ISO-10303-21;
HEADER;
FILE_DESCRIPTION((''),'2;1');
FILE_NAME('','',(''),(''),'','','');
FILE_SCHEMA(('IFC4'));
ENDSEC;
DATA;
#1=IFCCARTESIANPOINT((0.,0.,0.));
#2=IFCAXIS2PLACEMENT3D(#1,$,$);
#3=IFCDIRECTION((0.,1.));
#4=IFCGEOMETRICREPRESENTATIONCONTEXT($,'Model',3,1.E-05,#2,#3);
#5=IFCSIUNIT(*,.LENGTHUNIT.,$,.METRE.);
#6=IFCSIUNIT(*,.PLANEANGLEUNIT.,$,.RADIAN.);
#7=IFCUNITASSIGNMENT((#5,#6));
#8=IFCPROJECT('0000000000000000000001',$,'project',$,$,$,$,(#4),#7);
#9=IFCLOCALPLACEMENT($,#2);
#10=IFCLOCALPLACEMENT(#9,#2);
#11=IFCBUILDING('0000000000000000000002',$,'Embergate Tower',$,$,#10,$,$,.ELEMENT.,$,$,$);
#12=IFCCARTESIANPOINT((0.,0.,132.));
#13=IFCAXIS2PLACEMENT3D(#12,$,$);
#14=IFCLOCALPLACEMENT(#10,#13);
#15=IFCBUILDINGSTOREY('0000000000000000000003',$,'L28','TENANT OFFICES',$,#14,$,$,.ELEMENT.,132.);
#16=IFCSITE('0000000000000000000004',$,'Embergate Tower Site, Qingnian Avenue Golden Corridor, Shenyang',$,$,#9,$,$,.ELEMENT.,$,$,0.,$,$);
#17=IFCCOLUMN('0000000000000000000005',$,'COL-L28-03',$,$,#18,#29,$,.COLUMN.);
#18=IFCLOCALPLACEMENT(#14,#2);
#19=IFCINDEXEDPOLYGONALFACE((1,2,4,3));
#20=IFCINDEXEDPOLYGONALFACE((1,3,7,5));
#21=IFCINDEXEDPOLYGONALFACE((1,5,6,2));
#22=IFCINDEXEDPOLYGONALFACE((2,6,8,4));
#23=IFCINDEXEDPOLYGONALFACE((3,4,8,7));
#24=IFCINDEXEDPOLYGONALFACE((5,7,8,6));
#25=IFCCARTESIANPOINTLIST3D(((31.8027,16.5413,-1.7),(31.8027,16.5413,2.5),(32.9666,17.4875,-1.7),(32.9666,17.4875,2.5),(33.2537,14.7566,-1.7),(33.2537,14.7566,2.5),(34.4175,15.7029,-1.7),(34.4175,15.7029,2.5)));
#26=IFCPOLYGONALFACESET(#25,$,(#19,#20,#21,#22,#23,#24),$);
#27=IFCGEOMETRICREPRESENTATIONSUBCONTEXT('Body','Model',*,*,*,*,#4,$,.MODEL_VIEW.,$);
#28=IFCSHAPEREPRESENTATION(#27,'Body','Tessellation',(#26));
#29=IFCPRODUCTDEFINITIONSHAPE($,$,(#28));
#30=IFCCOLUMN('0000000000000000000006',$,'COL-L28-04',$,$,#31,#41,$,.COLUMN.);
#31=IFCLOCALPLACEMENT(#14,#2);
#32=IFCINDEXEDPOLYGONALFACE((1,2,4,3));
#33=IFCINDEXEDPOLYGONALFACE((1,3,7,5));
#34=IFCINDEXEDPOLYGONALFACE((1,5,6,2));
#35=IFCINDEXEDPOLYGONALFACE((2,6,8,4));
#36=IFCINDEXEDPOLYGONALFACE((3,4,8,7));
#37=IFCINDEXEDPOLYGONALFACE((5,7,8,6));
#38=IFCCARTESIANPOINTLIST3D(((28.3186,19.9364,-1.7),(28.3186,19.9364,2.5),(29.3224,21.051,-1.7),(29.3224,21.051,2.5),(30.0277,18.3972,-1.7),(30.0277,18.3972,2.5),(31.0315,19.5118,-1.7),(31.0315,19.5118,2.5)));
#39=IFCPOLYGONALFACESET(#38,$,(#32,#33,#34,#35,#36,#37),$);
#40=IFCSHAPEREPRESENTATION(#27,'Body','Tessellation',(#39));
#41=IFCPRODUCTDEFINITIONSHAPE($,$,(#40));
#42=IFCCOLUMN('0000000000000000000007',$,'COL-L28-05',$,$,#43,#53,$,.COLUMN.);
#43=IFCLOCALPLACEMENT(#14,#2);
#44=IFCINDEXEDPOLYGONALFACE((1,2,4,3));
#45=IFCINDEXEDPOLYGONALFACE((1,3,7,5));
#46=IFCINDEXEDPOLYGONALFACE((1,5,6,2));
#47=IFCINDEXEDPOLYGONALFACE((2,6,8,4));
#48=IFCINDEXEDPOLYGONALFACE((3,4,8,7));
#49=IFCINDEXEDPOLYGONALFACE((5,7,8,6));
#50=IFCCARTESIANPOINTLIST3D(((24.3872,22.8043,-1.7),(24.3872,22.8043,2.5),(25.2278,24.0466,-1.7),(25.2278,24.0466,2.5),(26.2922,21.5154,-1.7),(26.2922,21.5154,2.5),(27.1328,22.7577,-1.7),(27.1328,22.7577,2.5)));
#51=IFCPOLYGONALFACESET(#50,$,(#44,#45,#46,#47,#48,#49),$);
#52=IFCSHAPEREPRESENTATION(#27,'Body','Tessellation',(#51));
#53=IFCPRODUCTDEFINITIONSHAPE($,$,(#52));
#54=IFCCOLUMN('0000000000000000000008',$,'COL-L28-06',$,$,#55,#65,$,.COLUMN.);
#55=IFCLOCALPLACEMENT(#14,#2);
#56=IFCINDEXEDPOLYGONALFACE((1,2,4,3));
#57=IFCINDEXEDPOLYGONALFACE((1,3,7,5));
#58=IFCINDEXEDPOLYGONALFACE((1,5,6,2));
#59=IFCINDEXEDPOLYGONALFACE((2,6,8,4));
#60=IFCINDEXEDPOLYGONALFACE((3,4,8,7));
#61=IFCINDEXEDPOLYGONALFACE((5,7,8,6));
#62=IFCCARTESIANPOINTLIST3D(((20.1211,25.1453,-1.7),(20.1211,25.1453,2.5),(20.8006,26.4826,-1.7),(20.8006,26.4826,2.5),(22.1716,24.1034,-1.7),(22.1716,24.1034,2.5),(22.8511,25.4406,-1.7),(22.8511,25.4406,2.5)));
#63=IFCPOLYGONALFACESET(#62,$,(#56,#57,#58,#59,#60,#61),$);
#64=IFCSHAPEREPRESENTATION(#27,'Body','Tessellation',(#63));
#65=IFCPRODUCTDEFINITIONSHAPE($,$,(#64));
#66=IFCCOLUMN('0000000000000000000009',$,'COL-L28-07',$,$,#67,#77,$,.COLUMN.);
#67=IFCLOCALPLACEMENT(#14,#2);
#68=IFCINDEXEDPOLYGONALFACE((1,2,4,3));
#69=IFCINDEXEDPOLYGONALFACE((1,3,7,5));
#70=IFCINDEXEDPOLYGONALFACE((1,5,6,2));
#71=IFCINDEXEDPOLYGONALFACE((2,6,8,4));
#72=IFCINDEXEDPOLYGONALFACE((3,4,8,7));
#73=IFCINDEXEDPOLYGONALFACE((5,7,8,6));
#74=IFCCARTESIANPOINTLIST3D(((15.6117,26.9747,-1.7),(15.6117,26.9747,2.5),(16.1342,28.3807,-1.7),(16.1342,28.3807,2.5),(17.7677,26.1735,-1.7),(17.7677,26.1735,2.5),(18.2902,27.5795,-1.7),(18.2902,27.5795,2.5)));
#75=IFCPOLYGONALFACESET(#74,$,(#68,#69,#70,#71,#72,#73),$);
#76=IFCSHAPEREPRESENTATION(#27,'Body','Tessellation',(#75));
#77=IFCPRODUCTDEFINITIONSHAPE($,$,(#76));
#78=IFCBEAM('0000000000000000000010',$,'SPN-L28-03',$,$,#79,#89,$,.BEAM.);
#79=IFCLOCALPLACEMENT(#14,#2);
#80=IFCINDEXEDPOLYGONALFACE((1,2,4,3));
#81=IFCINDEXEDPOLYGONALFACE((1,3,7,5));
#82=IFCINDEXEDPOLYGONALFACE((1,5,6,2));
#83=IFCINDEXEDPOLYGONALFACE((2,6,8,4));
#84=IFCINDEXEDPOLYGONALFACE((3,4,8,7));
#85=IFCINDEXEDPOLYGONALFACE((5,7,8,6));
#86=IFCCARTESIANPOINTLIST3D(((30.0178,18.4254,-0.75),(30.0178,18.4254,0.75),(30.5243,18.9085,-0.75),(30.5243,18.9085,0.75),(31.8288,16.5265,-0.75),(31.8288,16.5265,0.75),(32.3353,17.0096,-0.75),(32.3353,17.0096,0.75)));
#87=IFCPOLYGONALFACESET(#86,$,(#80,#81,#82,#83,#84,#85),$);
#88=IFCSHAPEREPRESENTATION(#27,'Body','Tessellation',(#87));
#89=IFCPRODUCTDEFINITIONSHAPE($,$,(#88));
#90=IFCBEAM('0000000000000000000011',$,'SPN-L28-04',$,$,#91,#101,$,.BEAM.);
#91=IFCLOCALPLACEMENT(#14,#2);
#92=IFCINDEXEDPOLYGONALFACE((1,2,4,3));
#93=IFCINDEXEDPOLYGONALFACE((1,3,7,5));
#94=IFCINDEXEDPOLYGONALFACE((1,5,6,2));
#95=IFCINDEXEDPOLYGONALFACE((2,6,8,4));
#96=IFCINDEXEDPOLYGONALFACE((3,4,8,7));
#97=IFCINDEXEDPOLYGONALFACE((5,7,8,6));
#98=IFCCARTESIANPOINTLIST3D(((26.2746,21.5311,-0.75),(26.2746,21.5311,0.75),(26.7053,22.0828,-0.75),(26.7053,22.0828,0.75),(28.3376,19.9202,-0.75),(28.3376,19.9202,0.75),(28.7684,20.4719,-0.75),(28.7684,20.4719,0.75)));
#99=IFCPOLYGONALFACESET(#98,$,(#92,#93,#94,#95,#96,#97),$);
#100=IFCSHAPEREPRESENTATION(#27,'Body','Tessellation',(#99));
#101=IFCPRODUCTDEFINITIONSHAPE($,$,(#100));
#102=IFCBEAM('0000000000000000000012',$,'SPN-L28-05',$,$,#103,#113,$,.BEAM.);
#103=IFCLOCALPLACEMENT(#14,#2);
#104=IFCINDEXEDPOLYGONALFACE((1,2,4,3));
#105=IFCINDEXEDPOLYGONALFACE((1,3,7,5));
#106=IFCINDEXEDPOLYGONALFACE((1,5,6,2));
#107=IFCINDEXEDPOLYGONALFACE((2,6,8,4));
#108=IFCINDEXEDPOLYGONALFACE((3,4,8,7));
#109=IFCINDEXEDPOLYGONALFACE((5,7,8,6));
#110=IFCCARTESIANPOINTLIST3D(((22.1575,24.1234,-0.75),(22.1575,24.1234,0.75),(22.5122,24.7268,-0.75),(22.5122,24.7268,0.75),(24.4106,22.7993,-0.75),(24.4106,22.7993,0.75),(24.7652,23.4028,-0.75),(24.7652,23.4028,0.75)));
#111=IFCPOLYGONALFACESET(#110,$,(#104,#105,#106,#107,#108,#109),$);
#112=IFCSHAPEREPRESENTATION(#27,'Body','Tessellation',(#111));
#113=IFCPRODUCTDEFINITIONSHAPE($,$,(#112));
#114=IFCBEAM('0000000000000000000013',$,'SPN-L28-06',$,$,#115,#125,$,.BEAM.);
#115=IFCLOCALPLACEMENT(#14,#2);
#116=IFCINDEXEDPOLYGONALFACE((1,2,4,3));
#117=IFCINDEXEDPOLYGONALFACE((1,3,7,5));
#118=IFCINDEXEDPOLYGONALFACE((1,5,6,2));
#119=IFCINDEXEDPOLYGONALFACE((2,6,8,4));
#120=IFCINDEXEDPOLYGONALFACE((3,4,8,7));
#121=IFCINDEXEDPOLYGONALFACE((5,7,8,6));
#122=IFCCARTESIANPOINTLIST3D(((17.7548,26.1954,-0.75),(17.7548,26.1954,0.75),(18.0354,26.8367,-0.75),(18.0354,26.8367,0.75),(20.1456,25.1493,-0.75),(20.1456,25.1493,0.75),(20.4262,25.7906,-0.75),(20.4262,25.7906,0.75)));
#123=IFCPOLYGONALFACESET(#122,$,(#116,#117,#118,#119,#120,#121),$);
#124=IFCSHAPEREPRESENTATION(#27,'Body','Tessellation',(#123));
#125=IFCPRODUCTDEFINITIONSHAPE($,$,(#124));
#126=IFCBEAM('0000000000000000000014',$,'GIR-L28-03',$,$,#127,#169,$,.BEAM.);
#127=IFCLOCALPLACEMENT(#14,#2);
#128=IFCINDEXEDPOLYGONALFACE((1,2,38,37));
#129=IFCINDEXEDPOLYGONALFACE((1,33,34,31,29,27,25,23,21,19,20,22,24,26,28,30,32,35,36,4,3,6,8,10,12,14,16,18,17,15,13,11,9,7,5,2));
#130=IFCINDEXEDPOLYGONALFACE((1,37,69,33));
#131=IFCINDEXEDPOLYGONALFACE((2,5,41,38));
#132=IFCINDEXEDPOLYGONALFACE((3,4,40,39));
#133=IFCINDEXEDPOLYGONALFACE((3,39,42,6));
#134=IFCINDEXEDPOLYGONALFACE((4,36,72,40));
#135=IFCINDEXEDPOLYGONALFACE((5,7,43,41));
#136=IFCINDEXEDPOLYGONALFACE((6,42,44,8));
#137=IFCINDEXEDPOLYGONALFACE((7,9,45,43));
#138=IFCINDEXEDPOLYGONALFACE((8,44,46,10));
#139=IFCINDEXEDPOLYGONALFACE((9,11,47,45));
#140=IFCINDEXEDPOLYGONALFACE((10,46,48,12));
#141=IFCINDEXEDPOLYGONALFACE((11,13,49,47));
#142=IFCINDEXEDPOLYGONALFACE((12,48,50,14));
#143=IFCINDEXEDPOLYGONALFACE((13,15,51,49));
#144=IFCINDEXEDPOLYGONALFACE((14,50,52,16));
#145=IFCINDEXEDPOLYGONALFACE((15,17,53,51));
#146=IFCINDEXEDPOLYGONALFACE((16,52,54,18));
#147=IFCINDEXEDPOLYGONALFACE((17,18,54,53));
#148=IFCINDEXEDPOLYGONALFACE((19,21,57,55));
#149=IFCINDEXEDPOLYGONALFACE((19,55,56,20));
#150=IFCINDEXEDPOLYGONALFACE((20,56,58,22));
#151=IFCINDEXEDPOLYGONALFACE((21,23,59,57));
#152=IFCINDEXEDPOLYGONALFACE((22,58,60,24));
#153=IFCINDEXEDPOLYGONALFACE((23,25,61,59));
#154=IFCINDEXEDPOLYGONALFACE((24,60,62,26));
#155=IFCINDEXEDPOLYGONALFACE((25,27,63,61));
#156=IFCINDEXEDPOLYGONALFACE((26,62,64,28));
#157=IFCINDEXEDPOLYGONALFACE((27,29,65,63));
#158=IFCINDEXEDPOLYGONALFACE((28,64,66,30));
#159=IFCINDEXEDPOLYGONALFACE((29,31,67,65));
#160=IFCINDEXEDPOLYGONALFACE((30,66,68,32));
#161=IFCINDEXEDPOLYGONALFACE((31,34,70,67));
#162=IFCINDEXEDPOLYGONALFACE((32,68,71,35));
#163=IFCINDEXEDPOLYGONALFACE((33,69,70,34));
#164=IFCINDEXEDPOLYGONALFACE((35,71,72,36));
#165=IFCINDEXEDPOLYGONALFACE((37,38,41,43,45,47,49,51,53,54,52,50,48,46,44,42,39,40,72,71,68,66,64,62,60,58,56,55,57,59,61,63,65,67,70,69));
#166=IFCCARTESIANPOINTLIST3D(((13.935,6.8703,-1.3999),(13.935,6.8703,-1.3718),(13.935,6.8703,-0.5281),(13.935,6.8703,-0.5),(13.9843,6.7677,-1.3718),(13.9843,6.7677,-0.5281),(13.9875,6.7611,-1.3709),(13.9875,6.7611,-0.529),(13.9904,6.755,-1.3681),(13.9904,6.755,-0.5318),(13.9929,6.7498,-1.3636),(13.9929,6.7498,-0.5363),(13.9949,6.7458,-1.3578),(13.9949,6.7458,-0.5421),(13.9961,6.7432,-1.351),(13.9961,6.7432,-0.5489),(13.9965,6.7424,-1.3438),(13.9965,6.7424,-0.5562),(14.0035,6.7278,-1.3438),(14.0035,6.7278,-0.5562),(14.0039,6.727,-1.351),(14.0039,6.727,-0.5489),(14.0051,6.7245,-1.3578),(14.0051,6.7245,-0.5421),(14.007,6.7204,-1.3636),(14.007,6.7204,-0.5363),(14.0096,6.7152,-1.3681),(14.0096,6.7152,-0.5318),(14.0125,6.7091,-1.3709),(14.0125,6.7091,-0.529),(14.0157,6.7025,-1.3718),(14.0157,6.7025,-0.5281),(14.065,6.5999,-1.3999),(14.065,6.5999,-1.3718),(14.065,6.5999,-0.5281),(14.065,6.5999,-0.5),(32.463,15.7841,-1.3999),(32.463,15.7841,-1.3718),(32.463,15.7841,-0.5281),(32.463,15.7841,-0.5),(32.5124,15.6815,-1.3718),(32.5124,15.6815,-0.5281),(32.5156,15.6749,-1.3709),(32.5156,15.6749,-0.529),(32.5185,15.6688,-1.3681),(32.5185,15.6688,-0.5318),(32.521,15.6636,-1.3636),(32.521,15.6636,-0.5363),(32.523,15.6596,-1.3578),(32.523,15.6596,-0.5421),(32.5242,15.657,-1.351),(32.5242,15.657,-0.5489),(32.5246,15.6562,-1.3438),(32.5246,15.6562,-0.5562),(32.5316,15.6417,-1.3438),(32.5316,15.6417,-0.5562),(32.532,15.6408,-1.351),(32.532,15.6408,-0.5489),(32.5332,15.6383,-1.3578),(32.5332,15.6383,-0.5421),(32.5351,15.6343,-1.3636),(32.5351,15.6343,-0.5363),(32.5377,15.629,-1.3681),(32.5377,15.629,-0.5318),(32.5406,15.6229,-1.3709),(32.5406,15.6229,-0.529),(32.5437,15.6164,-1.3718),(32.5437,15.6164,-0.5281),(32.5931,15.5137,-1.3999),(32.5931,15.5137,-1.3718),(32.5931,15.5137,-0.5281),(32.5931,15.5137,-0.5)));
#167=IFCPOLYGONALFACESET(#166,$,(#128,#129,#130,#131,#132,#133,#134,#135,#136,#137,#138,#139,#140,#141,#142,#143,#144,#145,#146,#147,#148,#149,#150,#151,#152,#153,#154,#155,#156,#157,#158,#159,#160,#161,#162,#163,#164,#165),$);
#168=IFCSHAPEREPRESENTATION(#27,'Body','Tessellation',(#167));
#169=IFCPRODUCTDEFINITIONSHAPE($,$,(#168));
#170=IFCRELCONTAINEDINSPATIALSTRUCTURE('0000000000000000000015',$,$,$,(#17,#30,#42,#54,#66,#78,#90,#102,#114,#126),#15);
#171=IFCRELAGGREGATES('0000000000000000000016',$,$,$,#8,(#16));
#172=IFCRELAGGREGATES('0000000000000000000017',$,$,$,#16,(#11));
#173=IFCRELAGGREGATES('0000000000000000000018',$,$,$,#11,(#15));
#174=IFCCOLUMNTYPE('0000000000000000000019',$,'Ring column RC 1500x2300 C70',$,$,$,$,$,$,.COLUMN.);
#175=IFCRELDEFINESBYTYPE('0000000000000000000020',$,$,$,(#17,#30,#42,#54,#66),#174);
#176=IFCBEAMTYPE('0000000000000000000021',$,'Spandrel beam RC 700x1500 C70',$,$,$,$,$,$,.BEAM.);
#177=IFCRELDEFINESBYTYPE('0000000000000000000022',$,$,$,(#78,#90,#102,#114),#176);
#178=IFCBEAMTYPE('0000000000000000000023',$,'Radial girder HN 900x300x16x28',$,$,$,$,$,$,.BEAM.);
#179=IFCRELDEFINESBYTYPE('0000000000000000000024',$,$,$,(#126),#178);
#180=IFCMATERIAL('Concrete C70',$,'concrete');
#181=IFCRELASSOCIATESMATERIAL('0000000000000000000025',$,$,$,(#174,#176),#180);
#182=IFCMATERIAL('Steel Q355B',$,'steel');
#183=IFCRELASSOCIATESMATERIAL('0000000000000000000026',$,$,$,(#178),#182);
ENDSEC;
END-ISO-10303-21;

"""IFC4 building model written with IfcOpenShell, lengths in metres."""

from ifc_helpers import new_model, si_unit, direction, frame, origin, origin_2d, place, context, subcontext, project, spatial, rectangle, i_section, extrude, source, transform, mapped, material, material_profile, profile_set, type_object, element, save


model = new_model("IFC4")

# Units and contexts
model_context = context("Model", 3, precision=1e-05, world=origin(), true_north=direction((0.0, 1.0)))
body_context = subcontext(model_context, "Body", "Model", "MODEL_VIEW")
ifc_project = project(units=[si_unit("LENGTHUNIT", "METRE"), si_unit("PLANEANGLEUNIT", "RADIAN")], contexts=[model_context])

# Site, building, storey
site_placement = place(None, origin())
site = spatial("IfcSite", under=ifc_project, at=site_placement, Name="Embergate Tower Site, Qingnian Avenue Golden Corridor, Shenyang", CompositionType="ELEMENT", RefElevation=0.0)
building_placement = place(site_placement, origin())
building = spatial("IfcBuilding", under=site, at=building_placement, Name="Embergate Tower", CompositionType="ELEMENT")
storey_placement = place(building_placement, frame((0.0, 0.0, 132.0)))
storey = spatial("IfcBuildingStorey", under=building, at=storey_placement, Name="L28", Description="TENANT OFFICES", CompositionType="ELEMENT", Elevation=132.0)

# Columns
ifc_material_1 = material(Name="Concrete C70", Category="concrete")
ifc_material_profile_1 = material_profile(ifc_material_1, rectangle(XDim=1.5, YDim=2.3, at=origin_2d()), Name="RC 1500x2300")
ifc_profile_set_1 = profile_set([ifc_material_profile_1], Name="Concrete C70")
column_type = type_object("IfcColumnType", Name="Ring column RC 1500x2300 C70", PredefinedType="COLUMN", material=ifc_profile_set_1)
shared_shape_1 = source(origin(), body_context, "Body", "SweptSolid", [
    extrude(rectangle(XDim=1.5, YDim=2.3, at=origin_2d()), origin(), (0.0, 0.0, 1.0), 4.2),
])
for number, where, z_axis, x_axis, name in (
    (1, (33.1101, 16.1221, -1.7), (0.0, 0.0, 1.0), (0.775914, 0.630838, 0.0), "COL-L28-03"),
    (2, (29.675, 19.7241, -1.7), (0.0, 0.0, 1.0), (0.669208, 0.743075, 0.0), "COL-L28-04"),
    (3, (25.76, 22.781, -1.7), (0.0, 0.0, 1.0), (0.560393, 0.828227, 0.0), "COL-L28-05"),
    (4, (21.4861, 25.293, -1.7), (0.0, 0.0, 1.0), (0.452995, 0.891513, 0.0), "COL-L28-06"),
    (5, (16.9509, 27.2771, -1.7), (0.0, 0.0, 1.0), (0.348343, 0.937367, 0.0), "COL-L28-07"),
):
    element("IfcColumn", number, at=place(storey_placement, frame(where, z_axis=z_axis, x_axis=x_axis)), inside=storey, type_object=column_type, Name=name, PredefinedType="COLUMN", context=body_context, shape_type="MappedRepresentation", body=[
        mapped(shared_shape_1, transform((0.0, 0.0, 0.0))),
    ])

# Beams
ifc_material_profile_2 = material_profile(ifc_material_1, rectangle(XDim=0.7, YDim=1.5, at=origin_2d()), Name="RC 700x1500")
ifc_profile_set_2 = profile_set([ifc_material_profile_2], Name="Concrete C70")
beam_type_1 = type_object("IfcBeamType", Name="Spandrel beam RC 700x1500 C70", PredefinedType="BEAM", material=ifc_profile_set_2)
shared_shape_2 = source(origin(), body_context, "Body", "SweptSolid", [
    extrude(rectangle(XDim=0.7, YDim=1.5, at=origin_2d()), origin(), (0.0, 0.0, 1.0), 2.624),
])
beam_1_placement = place(storey_placement, frame((32.082, 16.7681, 0.0), z_axis=(-0.690161, 0.723655, 0.0), x_axis=(-0.723655, -0.690161, 0.0)))
element("IfcBeam", 6, at=beam_1_placement, inside=storey, type_object=beam_type_1, Name="SPN-L28-03", PredefinedType="BEAM", context=body_context, shape_type="MappedRepresentation", body=[
    mapped(shared_shape_2, transform((0.0, 0.0, 0.0))),
])
shared_shape_3 = source(origin(), body_context, "Body", "SweptSolid", [
    extrude(rectangle(XDim=0.7, YDim=1.5, at=origin_2d()), origin(), (0.0, 0.0, 1.0), 2.6174),
])
beam_2_placement = place(storey_placement, frame((28.553, 20.196, 0.0), z_axis=(-0.788186, 0.615438, 0.0), x_axis=(-0.615438, -0.788186, 0.0)))
element("IfcBeam", 7, at=beam_2_placement, inside=storey, type_object=beam_type_1, Name="SPN-L28-04", PredefinedType="BEAM", context=body_context, shape_type="MappedRepresentation", body=[
    mapped(shared_shape_3, transform((0.0, 0.0, 0.0))),
])
shared_shape_4 = source(origin(), body_context, "Body", "SweptSolid", [
    extrude(rectangle(XDim=0.7, YDim=1.5, at=origin_2d()), origin(), (0.0, 0.0, 1.0), 2.6133),
])
beam_3_placement = place(storey_placement, frame((24.5879, 23.1011, 0.0), z_axis=(-0.862148, 0.506657, 0.0), x_axis=(-0.506657, -0.862148, 0.0)))
element("IfcBeam", 8, at=beam_3_placement, inside=storey, type_object=beam_type_1, Name="SPN-L28-05", PredefinedType="BEAM", context=body_context, shape_type="MappedRepresentation", body=[
    mapped(shared_shape_4, transform((0.0, 0.0, 0.0))),
])
shared_shape_5 = source(origin(), body_context, "Body", "SweptSolid", [
    extrude(rectangle(XDim=0.7, YDim=1.5, at=origin_2d()), origin(), (0.0, 0.0, 1.0), 2.6096),
])
beam_4_placement = place(storey_placement, frame((20.2859, 25.47, 0.0), z_axis=(-0.916138, 0.400863, 0.0), x_axis=(-0.400863, -0.916138, 0.0)))
element("IfcBeam", 9, at=beam_4_placement, inside=storey, type_object=beam_type_1, Name="SPN-L28-06", PredefinedType="BEAM", context=body_context, shape_type="MappedRepresentation", body=[
    mapped(shared_shape_5, transform((0.0, 0.0, 0.0))),
])
ifc_material_2 = material(Name="Steel Q355B", Category="steel")
ifc_material_profile_3 = material_profile(ifc_material_2, i_section(OverallWidth=0.3, OverallDepth=0.8999, WebThickness=0.0161, FlangeThickness=0.0281, FilletRadius=0.0281, at=origin_2d()), Name="HN 900x300x16x28")
ifc_profile_set_3 = profile_set([ifc_material_profile_3], Name="Steel Q355 grade B")
beam_type_2 = type_object("IfcBeamType", Name="Radial girder HN 900x300x16x28", PredefinedType="BEAM", material=ifc_profile_set_3)
shared_shape_6 = source(origin(), body_context, "Body", "SweptSolid", [
    extrude(i_section(OverallWidth=0.3, OverallDepth=0.8999, WebThickness=0.0161, FlangeThickness=0.0281, FilletRadius=0.0281, at=origin_2d()), origin(), (0.0, 0.0, 1.0), 20.5608),
])
beam_5_placement = place(storey_placement, frame((32.5281, 15.6489, -0.95), z_axis=(-0.901137, -0.433535, 0.0), x_axis=(0.433535, -0.901137, 0.0)))
element("IfcBeam", 10, at=beam_5_placement, inside=storey, type_object=beam_type_2, Name="GIR-L28-03", PredefinedType="BEAM", context=body_context, shape_type="MappedRepresentation", body=[
    mapped(shared_shape_6, transform((0.0, 0.0, 0.0))),
])

save(model, "model.ifc")
